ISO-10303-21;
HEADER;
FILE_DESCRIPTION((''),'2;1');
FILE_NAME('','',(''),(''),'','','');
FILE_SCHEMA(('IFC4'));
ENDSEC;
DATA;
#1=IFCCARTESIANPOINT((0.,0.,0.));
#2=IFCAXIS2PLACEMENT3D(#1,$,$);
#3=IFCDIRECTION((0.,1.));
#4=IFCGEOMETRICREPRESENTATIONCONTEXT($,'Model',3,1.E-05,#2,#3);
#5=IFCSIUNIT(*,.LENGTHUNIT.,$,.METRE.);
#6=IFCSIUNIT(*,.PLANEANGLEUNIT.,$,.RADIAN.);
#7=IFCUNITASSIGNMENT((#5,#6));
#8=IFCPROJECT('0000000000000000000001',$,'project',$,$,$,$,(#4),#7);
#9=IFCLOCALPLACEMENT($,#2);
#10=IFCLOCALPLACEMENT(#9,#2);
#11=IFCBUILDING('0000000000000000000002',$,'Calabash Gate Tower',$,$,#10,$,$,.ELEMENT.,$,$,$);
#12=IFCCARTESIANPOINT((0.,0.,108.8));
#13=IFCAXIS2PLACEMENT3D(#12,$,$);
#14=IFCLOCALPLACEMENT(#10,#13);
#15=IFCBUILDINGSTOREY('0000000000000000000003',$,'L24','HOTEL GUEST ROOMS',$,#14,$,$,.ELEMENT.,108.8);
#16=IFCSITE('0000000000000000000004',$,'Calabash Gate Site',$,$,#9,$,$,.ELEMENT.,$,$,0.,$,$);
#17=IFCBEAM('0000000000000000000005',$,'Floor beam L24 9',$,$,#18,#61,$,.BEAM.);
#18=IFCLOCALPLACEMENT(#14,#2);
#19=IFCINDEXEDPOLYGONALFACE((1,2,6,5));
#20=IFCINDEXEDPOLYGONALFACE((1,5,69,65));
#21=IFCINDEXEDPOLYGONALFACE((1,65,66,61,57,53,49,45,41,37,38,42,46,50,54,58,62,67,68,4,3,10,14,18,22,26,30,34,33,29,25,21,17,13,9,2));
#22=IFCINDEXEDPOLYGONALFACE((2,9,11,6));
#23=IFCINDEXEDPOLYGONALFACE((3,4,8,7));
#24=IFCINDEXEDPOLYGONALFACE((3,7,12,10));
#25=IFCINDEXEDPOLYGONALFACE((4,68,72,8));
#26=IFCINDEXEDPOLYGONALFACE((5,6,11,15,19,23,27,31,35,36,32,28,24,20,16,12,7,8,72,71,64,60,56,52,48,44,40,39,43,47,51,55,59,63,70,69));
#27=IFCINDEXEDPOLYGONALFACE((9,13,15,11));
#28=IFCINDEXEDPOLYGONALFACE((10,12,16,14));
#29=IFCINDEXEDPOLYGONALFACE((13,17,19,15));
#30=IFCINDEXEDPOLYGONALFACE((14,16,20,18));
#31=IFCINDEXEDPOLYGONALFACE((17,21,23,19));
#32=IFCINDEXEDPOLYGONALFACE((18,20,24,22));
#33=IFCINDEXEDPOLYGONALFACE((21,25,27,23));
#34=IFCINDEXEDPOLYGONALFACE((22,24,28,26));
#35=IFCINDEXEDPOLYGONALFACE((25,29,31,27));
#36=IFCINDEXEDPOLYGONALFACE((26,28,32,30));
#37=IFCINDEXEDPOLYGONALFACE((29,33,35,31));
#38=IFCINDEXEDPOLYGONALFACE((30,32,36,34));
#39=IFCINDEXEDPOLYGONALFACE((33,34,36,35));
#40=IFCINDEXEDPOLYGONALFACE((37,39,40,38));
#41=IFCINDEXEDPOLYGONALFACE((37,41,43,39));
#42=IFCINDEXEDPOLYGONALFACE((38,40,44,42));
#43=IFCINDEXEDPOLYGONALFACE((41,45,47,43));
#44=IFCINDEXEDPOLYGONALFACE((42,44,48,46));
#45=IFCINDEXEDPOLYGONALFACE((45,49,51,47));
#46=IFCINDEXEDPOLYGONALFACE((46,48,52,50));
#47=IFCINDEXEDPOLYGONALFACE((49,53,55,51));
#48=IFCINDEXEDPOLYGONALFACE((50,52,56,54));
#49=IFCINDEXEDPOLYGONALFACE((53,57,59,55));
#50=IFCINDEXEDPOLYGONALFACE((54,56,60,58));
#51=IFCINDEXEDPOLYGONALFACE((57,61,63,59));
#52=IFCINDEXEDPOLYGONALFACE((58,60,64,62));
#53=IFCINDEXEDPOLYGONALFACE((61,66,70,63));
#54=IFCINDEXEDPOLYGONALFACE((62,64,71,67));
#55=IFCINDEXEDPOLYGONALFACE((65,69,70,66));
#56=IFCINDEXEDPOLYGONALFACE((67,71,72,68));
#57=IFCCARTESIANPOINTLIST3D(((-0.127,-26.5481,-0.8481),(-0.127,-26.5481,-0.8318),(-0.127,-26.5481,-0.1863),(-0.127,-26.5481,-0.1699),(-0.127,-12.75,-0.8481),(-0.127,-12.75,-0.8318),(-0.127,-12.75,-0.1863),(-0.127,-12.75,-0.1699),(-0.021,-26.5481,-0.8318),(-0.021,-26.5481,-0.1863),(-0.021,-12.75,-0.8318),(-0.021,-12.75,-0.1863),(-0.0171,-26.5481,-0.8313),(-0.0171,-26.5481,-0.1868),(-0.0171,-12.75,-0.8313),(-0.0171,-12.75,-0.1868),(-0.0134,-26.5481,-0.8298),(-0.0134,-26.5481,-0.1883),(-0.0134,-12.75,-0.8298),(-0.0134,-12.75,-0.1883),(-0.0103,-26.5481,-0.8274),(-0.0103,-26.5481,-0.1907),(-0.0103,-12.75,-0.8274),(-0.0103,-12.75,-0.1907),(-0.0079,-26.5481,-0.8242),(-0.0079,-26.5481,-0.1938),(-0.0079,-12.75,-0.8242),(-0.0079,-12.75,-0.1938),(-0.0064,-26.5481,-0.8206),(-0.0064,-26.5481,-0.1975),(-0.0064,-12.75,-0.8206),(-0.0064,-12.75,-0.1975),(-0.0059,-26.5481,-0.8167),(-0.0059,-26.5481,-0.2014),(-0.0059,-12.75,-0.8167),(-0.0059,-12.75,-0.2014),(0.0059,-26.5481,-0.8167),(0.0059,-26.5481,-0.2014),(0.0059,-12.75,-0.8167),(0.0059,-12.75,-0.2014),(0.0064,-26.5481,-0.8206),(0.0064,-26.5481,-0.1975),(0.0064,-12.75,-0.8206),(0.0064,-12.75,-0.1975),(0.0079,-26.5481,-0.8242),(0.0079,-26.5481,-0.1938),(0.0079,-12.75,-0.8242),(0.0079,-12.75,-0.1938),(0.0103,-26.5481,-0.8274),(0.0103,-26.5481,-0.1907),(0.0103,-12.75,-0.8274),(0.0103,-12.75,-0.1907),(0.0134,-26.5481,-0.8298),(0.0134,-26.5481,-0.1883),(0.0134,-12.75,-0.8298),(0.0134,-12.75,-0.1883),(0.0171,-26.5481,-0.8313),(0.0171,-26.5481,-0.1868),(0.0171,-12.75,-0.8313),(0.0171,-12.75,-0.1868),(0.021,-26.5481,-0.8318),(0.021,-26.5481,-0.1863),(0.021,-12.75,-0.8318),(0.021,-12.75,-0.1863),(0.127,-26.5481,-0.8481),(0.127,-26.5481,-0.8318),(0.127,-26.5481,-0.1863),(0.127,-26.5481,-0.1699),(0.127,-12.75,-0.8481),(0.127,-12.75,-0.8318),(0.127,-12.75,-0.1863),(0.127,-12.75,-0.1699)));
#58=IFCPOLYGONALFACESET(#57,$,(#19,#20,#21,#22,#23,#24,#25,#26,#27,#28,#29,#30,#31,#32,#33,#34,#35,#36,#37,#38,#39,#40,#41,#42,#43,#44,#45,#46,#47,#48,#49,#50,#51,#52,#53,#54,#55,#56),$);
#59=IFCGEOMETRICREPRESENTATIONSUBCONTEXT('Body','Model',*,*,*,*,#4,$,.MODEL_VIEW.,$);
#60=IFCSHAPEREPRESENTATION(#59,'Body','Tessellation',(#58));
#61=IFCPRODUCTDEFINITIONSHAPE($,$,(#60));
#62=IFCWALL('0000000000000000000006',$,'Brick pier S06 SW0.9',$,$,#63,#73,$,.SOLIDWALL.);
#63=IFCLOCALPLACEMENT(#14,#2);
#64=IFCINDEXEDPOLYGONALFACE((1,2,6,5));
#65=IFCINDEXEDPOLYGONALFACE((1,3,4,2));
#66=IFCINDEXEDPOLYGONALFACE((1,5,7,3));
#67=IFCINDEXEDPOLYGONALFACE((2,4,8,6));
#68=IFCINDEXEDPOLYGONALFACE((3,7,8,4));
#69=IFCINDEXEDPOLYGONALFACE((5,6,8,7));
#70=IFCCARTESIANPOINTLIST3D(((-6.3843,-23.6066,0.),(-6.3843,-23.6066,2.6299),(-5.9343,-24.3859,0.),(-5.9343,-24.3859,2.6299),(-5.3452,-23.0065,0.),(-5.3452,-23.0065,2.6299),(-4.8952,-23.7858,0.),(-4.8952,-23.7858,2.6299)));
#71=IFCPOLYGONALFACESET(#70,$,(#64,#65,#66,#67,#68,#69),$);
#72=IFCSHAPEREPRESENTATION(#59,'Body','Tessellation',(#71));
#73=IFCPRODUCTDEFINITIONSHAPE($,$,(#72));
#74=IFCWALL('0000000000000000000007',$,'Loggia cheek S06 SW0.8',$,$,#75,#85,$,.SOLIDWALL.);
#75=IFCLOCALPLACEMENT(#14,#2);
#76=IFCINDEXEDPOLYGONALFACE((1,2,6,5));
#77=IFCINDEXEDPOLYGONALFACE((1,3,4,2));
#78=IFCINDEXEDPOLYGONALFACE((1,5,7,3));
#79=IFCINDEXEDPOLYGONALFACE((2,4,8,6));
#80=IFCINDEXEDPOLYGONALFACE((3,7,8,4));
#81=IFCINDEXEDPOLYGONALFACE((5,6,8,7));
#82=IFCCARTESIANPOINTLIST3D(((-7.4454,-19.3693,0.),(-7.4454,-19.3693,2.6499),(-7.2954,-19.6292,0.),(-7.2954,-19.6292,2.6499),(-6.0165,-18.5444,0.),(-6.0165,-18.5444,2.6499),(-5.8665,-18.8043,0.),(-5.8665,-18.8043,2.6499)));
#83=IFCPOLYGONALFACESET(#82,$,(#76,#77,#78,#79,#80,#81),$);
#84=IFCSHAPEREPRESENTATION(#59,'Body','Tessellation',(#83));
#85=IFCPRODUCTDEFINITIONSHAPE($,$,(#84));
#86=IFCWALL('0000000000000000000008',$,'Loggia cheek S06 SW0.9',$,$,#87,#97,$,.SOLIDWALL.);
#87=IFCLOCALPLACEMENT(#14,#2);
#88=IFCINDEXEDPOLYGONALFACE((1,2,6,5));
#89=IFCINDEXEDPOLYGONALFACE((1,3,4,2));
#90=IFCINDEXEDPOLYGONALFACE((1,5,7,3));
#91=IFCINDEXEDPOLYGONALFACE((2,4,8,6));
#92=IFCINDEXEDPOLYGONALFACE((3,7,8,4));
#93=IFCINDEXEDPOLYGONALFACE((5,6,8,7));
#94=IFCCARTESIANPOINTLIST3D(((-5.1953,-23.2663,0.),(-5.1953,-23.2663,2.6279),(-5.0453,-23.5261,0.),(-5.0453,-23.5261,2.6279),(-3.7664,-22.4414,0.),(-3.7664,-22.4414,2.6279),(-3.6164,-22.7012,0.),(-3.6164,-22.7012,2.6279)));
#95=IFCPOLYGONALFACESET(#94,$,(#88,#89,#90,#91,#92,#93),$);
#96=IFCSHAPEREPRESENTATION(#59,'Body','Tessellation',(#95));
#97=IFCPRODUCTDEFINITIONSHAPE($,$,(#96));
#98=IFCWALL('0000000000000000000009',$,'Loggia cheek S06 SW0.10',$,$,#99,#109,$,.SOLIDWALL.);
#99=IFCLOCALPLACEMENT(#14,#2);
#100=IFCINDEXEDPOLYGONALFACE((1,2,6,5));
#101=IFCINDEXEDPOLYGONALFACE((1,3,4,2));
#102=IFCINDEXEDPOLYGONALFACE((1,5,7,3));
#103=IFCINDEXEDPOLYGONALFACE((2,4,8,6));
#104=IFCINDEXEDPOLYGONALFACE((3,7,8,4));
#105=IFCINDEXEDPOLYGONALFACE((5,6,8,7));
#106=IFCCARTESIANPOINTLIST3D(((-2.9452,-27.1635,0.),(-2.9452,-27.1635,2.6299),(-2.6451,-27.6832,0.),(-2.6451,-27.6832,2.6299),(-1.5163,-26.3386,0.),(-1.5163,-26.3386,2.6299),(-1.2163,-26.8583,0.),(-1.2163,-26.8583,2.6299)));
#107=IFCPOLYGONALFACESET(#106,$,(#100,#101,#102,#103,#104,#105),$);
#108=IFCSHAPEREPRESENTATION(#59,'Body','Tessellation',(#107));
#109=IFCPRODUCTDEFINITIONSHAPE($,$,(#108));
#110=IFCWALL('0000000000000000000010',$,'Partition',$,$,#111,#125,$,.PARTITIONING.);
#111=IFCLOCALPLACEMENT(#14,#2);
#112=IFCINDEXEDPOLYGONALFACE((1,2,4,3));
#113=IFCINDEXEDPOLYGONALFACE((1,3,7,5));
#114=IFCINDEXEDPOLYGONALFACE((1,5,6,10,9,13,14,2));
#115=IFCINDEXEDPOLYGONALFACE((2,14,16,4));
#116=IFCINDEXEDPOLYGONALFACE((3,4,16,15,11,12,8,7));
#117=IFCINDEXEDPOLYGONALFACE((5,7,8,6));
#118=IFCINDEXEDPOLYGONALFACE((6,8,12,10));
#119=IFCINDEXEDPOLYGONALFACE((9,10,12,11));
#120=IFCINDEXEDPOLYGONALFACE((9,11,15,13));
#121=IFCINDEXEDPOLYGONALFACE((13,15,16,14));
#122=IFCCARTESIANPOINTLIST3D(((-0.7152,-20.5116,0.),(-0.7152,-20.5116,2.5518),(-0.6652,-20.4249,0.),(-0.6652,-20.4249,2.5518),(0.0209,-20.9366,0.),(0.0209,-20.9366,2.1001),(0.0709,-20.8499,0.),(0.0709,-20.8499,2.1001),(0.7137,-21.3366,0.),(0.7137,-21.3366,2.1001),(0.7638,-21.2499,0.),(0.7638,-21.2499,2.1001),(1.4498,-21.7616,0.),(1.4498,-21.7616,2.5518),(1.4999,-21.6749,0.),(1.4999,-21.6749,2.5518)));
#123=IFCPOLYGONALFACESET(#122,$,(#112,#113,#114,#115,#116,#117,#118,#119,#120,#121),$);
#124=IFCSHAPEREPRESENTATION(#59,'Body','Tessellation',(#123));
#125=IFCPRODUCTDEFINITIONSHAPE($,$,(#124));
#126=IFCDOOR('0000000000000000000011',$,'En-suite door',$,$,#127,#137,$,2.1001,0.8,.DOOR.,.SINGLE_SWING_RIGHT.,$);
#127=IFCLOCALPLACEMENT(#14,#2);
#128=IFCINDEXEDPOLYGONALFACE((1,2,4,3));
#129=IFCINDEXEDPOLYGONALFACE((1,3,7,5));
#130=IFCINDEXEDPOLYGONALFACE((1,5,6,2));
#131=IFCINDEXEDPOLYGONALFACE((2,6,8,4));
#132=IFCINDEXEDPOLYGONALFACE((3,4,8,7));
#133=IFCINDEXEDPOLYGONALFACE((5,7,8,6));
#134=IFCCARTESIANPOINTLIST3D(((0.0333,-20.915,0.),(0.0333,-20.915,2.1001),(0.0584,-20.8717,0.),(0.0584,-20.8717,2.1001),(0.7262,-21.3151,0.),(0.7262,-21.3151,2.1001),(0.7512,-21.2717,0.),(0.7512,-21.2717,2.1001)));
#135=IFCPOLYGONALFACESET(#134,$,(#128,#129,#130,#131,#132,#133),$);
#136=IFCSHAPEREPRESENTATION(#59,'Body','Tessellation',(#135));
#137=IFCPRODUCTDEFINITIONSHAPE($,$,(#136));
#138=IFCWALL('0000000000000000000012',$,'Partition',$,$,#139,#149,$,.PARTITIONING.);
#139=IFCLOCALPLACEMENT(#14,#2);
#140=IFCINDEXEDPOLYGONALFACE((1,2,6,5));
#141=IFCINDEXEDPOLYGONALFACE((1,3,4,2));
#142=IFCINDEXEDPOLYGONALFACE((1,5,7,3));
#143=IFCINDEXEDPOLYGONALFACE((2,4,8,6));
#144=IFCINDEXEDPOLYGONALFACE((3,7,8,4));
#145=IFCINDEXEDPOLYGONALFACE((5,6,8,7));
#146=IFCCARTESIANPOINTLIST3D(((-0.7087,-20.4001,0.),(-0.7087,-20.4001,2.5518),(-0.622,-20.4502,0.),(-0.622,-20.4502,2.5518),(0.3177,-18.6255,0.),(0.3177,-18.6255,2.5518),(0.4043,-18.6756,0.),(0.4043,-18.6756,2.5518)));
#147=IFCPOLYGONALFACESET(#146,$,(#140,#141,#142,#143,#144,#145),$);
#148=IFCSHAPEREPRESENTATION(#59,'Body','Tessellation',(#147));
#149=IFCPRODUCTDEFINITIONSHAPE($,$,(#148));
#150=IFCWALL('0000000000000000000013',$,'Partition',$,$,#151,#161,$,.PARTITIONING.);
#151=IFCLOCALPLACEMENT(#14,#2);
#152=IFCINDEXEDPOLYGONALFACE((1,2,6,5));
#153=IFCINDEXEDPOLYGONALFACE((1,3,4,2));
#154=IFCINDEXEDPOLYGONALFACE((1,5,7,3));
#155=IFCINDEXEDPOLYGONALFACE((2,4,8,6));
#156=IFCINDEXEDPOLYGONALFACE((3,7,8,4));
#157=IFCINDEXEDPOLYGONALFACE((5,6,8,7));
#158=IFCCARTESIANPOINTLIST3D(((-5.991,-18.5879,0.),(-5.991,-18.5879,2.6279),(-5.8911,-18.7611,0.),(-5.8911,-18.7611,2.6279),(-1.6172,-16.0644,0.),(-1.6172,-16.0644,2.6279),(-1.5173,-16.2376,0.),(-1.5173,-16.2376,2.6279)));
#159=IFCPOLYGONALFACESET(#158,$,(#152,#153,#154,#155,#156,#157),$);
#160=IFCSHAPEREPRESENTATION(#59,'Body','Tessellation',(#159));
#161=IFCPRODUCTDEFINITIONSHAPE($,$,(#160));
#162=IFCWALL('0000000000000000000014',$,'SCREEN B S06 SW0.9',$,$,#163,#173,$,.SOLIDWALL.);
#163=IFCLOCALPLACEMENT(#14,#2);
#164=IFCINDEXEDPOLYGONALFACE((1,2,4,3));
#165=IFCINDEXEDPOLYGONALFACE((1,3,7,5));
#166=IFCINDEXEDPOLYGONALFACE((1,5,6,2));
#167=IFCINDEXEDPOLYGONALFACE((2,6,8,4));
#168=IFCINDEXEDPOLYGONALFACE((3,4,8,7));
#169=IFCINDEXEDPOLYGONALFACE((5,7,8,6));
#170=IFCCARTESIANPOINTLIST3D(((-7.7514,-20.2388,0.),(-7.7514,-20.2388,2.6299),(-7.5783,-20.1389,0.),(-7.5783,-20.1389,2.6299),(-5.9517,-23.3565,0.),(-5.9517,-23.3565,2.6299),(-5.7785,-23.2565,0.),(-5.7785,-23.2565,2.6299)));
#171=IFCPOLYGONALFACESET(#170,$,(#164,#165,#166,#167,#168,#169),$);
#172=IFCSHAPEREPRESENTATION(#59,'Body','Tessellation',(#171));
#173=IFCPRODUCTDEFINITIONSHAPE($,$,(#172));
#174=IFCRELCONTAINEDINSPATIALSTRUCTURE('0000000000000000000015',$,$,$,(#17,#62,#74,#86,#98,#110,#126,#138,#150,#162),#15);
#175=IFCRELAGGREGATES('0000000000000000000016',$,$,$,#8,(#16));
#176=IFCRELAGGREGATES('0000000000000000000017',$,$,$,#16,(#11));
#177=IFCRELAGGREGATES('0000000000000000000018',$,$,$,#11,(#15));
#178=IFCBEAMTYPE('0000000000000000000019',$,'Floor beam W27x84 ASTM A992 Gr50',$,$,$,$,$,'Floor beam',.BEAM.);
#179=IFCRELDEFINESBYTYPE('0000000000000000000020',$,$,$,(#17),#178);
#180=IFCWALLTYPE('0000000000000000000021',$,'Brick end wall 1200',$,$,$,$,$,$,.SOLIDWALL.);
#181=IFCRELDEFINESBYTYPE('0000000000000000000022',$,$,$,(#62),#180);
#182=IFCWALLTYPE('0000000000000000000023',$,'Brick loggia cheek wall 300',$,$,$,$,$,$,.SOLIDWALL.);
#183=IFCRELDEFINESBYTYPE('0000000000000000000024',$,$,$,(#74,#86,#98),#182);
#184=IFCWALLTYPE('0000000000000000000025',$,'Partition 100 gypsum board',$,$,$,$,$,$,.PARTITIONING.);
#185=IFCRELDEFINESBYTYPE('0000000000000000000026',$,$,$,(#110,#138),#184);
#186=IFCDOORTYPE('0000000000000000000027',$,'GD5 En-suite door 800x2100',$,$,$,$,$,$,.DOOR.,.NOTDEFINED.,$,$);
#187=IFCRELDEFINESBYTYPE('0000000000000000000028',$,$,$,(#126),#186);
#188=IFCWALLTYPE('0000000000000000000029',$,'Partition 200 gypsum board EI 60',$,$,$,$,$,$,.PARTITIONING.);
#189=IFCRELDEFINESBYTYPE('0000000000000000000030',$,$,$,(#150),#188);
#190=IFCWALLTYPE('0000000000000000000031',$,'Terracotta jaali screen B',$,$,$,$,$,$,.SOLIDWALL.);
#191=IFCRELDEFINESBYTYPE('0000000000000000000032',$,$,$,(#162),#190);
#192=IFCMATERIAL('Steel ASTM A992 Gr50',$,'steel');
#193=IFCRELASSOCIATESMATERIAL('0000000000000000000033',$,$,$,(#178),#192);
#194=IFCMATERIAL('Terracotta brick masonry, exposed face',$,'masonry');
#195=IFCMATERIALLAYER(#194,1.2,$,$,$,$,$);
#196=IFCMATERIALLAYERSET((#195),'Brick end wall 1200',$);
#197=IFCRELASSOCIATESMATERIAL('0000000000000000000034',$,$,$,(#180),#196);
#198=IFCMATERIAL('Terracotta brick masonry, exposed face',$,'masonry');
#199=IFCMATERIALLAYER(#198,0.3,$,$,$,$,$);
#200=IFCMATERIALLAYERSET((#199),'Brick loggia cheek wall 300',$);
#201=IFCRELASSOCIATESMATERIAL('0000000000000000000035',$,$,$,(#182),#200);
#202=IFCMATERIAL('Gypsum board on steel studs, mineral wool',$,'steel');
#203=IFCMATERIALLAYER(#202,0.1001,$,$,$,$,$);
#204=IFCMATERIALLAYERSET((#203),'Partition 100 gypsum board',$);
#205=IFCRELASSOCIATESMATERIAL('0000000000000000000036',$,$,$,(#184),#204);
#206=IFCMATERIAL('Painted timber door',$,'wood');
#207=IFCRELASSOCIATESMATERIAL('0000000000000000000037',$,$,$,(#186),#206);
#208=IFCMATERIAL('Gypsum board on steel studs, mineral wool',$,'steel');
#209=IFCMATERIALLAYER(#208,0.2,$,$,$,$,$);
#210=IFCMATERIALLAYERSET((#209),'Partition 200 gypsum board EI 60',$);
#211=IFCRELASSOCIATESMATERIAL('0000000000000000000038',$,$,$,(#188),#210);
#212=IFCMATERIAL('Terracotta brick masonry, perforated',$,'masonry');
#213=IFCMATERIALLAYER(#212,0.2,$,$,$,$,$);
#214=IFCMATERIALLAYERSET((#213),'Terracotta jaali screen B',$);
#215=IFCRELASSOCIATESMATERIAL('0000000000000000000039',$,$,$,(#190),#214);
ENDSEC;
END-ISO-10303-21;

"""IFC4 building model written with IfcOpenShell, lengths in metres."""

from ifc_helpers import new_model, si_unit, direction, frame, frame_2d, origin, origin_2d, place, context, subcontext, project, spatial, rectangle, i_section, extrude, material, layer, layer_set, material_profile, profile_set, type_object, element, fill, save


model = new_model("IFC4")

# Units and contexts
model_context = context("Model", 3, precision=1e-05, world=origin(), true_north=direction((0.0, 1.0)))
body_context = subcontext(model_context, "Body", "Model", "MODEL_VIEW")
ifc_project = project(units=[si_unit("LENGTHUNIT", "METRE"), si_unit("PLANEANGLEUNIT", "RADIAN")], contexts=[model_context])

# Site, building, storey
site_placement = place(None, origin())
site = spatial("IfcSite", under=ifc_project, at=site_placement, Name="Calabash Gate Site", CompositionType="ELEMENT", RefElevation=0.0)
building_placement = place(site_placement, origin())
building = spatial("IfcBuilding", under=site, at=building_placement, Name="Calabash Gate Tower", CompositionType="ELEMENT")
storey_placement = place(building_placement, frame((0.0, 0.0, 108.8)))
storey = spatial("IfcBuildingStorey", under=building, at=storey_placement, Name="L24", Description="HOTEL GUEST ROOMS", CompositionType="ELEMENT", Elevation=108.8)

# Beam
ifc_material_1 = material(Name="Steel ASTM A992 Gr50", Category="steel")
ifc_material_profile_1 = material_profile(ifc_material_1, i_section(OverallWidth=0.2539, OverallDepth=0.6782, WebThickness=0.0117, FlangeThickness=0.0164, FilletRadius=0.0151, at=origin_2d()))
ifc_profile_set_1 = profile_set([ifc_material_profile_1], Name="Steel ASTM A992 Gr50")
beam_type_1 = type_object("IfcBeamType", Name="Floor beam W27x84 ASTM A992 Gr50", ElementType="Floor beam", PredefinedType="BEAM", material=ifc_profile_set_1)
beam_1_placement = place(storey_placement, frame((0.0, -26.5481, -0.509), z_axis=(0.0, 1.0, 0.0), x_axis=(-1.0, 0.0, 0.0)))
element("IfcBeam", 1, at=beam_1_placement, inside=storey, type_object=beam_type_1, Name="Floor beam L24 9", PredefinedType="BEAM", context=body_context, shape_type="SweptSolid", body=[
    extrude(i_section(OverallWidth=0.2539, OverallDepth=0.6782, WebThickness=0.0117, FlangeThickness=0.0164, FilletRadius=0.0151, at=origin_2d()), origin(), (0.0, 0.0, 1.0), 13.7981),
])

# Walls
ifc_material_2 = material(Name="Terracotta brick masonry, exposed face", Category="masonry")
ifc_layer_1 = layer(ifc_material_2, 1.2)
ifc_layer_set_1 = layer_set([ifc_layer_1], Name="Brick end wall 1200")
wall_type_1 = type_object("IfcWallType", Name="Brick end wall 1200", PredefinedType="SOLIDWALL", material=ifc_layer_set_1)
wall_1_placement = place(storey_placement, frame((-6.1594, -23.9963, 0.0), z_axis=(0.0, 0.0, 1.0), x_axis=(0.865955, 0.500122, 0.0)))
element("IfcWall", 2, at=wall_1_placement, inside=storey, type_object=wall_type_1, Name="Brick pier S06 SW0.9", PredefinedType="SOLIDWALL", context=body_context, shape_type="SweptSolid", body=[
    extrude(rectangle(XDim=1.2, YDim=0.8999, at=frame_2d((0.6001, 0.0))), origin(), (0.0, 0.0, 1.0), 2.6299),
])
ifc_material_3 = material(Name="Terracotta brick masonry, exposed face", Category="masonry")
ifc_layer_2 = layer(ifc_material_3, 0.3)
ifc_layer_set_2 = layer_set([ifc_layer_2], Name="Brick loggia cheek wall 300")
wall_type_2 = type_object("IfcWallType", Name="Brick loggia cheek wall 300", PredefinedType="SOLIDWALL", material=ifc_layer_set_2)
wall_2_placement = place(storey_placement, frame((-7.3704, -19.4993, 0.0), z_axis=(0.0, 0.0, 1.0), x_axis=(0.86604, 0.499974, 0.0)))
element("IfcWall", 3, at=wall_2_placement, inside=storey, type_object=wall_type_2, Name="Loggia cheek S06 SW0.8", PredefinedType="SOLIDWALL", context=body_context, shape_type="SweptSolid", body=[
    extrude(rectangle(XDim=1.6499, YDim=0.3, at=frame_2d((0.825, 0.0))), origin(), (0.0, 0.0, 1.0), 2.6499),
])
wall_3_placement = place(storey_placement, frame((-3.6914, -22.5713, 0.0), z_axis=(0.0, 0.0, 1.0), x_axis=(-0.86604, -0.499974, 0.0)))
element("IfcWall", 4, at=wall_3_placement, inside=storey, type_object=wall_type_2, Name="Loggia cheek S06 SW0.9", PredefinedType="SOLIDWALL", context=body_context, shape_type="SweptSolid", body=[
    extrude(rectangle(XDim=1.6499, YDim=0.3, at=frame_2d((0.825, 0.0))), origin(), (0.0, 0.0, 1.0), 2.6279),
])
wall_4_placement = place(storey_placement, frame((-2.7952, -27.4233, 0.0), z_axis=(0.0, 0.0, 1.0), x_axis=(0.86604, 0.499974, 0.0)))
element("IfcWall", 5, at=wall_4_placement, inside=storey, type_object=wall_type_2, Name="Loggia cheek S06 SW0.10", PredefinedType="SOLIDWALL", context=body_context, shape_type="SweptSolid", body=[
    extrude(rectangle(XDim=1.6499, YDim=0.6001, at=frame_2d((0.825, 0.0))), origin(), (0.0, 0.0, 1.0), 2.6299),
])

# Wall, opening, door
ifc_material_4 = material(Name="Gypsum board on steel studs, mineral wool", Category="steel")
ifc_layer_3 = layer(ifc_material_4, 0.1001)
ifc_layer_set_3 = layer_set([ifc_layer_3], Name="Partition 100 gypsum board")
wall_type_3 = type_object("IfcWallType", Name="Partition 100 gypsum board", PredefinedType="PARTITIONING", material=ifc_layer_set_3)
wall_5_placement = place(storey_placement, frame((-0.6902, -20.4683, 0.0), z_axis=(0.0, 0.0, 1.0), x_axis=(0.866023, -0.500004, 0.0)))
wall_5 = element("IfcWall", 6, at=wall_5_placement, inside=storey, type_object=wall_type_3, Name="Partition", PredefinedType="PARTITIONING", context=body_context, shape_type="SweptSolid", body=[
    extrude(rectangle(XDim=2.5, YDim=0.1001, at=frame_2d((1.25, 0.0))), origin(), (0.0, 0.0, 1.0), 2.5518),
])
opening_1_placement = place(wall_5_placement, frame((0.8501, 0.0, 0.0)))
opening_1 = element("IfcOpeningElement", 7, at=opening_1_placement, cuts=wall_5, PredefinedType="OPENING", context=body_context, shape_type="SweptSolid", body=[
    extrude(rectangle(XDim=0.8, YDim=2.1001, at=frame_2d((0.3999, 1.05))), frame((0.0, 0.0601, 0.0), z_axis=(0.0, -1.0, 0.0), x_axis=(1.0, 0.0, 0.0)), (0.0, 0.0, 1.0), 0.1201),
])
ifc_material_5 = material(Name="Painted timber door", Category="wood")
door_type_1 = type_object("IfcDoorType", Name="GD5 En-suite door 800x2100", OperationType="NOTDEFINED", PredefinedType="DOOR", material=ifc_material_5)
door_1_placement = place(opening_1_placement, origin())
door_1 = element("IfcDoor", 8, at=door_1_placement, inside=storey, type_object=door_type_1, Name="En-suite door", OperationType="SINGLE_SWING_RIGHT", OverallHeight=2.1001, OverallWidth=0.8, PredefinedType="DOOR", context=body_context, shape_type="SweptSolid", body=[
    extrude(rectangle(XDim=0.8, YDim=2.1001, at=frame_2d((0.3999, 1.05))), frame((0.0, 0.0249, 0.0), z_axis=(0.0, -1.0, 0.0), x_axis=(1.0, 0.0, 0.0)), (0.0, 0.0, 1.0), 0.05),
])
fill(opening_1, door_1)

# Walls
wall_6_placement = place(storey_placement, frame((-0.6653, -20.425, 0.0), z_axis=(0.0, 0.0, 1.0), x_axis=(0.500647, 0.865652, 0.0)))
element("IfcWall", 9, at=wall_6_placement, inside=storey, type_object=wall_type_3, Name="Partition", PredefinedType="PARTITIONING", context=body_context, shape_type="SweptSolid", body=[
    extrude(rectangle(XDim=2.05, YDim=0.1001, at=frame_2d((1.0249, 0.0))), origin(), (0.0, 0.0, 1.0), 2.5518),
])
ifc_material_6 = material(Name="Gypsum board on steel studs, mineral wool", Category="steel")
ifc_layer_4 = layer(ifc_material_6, 0.2)
ifc_layer_set_4 = layer_set([ifc_layer_4], Name="Partition 200 gypsum board EI 60")
wall_type_4 = type_object("IfcWallType", Name="Partition 200 gypsum board EI 60", PredefinedType="PARTITIONING", material=ifc_layer_set_4)
wall_7_placement = place(storey_placement, frame((-5.9412, -18.6746, 0.0), z_axis=(0.0, 0.0, 1.0), x_axis=(0.866177, 0.499738, 0.0)))
element("IfcWall", 10, at=wall_7_placement, inside=storey, type_object=wall_type_4, Name="Partition", PredefinedType="PARTITIONING", context=body_context, shape_type="SweptSolid", body=[
    extrude(rectangle(XDim=5.0496, YDim=0.2, at=frame_2d((2.5249, 0.0))), origin(), (0.0, 0.0, 1.0), 2.6279),
])
ifc_material_7 = material(Name="Terracotta brick masonry, perforated", Category="masonry")
ifc_layer_5 = layer(ifc_material_7, 0.2)
ifc_layer_set_5 = layer_set([ifc_layer_5], Name="Terracotta jaali screen B")
wall_type_5 = type_object("IfcWallType", Name="Terracotta jaali screen B", PredefinedType="SOLIDWALL", material=ifc_layer_set_5)
for number, where, z_axis, x_axis, name in (
    (11, (-7.6648, -20.189, 0.0), (0.0, 0.0, 1.0), (0.499961, -0.866048, 0.0), "SCREEN B S06 SW0.9"),
):
    element("IfcWall", number, at=place(storey_placement, frame(where, z_axis=z_axis, x_axis=x_axis)), inside=storey, type_object=wall_type_5, Name=name, PredefinedType="SOLIDWALL", context=body_context, shape_type="SweptSolid", body=[
        extrude(rectangle(XDim=3.5999, YDim=0.2, at=frame_2d((1.7998, 0.0))), origin(), (0.0, 0.0, 1.0), 2.6299),
    ])

save(model, "model.ifc")
